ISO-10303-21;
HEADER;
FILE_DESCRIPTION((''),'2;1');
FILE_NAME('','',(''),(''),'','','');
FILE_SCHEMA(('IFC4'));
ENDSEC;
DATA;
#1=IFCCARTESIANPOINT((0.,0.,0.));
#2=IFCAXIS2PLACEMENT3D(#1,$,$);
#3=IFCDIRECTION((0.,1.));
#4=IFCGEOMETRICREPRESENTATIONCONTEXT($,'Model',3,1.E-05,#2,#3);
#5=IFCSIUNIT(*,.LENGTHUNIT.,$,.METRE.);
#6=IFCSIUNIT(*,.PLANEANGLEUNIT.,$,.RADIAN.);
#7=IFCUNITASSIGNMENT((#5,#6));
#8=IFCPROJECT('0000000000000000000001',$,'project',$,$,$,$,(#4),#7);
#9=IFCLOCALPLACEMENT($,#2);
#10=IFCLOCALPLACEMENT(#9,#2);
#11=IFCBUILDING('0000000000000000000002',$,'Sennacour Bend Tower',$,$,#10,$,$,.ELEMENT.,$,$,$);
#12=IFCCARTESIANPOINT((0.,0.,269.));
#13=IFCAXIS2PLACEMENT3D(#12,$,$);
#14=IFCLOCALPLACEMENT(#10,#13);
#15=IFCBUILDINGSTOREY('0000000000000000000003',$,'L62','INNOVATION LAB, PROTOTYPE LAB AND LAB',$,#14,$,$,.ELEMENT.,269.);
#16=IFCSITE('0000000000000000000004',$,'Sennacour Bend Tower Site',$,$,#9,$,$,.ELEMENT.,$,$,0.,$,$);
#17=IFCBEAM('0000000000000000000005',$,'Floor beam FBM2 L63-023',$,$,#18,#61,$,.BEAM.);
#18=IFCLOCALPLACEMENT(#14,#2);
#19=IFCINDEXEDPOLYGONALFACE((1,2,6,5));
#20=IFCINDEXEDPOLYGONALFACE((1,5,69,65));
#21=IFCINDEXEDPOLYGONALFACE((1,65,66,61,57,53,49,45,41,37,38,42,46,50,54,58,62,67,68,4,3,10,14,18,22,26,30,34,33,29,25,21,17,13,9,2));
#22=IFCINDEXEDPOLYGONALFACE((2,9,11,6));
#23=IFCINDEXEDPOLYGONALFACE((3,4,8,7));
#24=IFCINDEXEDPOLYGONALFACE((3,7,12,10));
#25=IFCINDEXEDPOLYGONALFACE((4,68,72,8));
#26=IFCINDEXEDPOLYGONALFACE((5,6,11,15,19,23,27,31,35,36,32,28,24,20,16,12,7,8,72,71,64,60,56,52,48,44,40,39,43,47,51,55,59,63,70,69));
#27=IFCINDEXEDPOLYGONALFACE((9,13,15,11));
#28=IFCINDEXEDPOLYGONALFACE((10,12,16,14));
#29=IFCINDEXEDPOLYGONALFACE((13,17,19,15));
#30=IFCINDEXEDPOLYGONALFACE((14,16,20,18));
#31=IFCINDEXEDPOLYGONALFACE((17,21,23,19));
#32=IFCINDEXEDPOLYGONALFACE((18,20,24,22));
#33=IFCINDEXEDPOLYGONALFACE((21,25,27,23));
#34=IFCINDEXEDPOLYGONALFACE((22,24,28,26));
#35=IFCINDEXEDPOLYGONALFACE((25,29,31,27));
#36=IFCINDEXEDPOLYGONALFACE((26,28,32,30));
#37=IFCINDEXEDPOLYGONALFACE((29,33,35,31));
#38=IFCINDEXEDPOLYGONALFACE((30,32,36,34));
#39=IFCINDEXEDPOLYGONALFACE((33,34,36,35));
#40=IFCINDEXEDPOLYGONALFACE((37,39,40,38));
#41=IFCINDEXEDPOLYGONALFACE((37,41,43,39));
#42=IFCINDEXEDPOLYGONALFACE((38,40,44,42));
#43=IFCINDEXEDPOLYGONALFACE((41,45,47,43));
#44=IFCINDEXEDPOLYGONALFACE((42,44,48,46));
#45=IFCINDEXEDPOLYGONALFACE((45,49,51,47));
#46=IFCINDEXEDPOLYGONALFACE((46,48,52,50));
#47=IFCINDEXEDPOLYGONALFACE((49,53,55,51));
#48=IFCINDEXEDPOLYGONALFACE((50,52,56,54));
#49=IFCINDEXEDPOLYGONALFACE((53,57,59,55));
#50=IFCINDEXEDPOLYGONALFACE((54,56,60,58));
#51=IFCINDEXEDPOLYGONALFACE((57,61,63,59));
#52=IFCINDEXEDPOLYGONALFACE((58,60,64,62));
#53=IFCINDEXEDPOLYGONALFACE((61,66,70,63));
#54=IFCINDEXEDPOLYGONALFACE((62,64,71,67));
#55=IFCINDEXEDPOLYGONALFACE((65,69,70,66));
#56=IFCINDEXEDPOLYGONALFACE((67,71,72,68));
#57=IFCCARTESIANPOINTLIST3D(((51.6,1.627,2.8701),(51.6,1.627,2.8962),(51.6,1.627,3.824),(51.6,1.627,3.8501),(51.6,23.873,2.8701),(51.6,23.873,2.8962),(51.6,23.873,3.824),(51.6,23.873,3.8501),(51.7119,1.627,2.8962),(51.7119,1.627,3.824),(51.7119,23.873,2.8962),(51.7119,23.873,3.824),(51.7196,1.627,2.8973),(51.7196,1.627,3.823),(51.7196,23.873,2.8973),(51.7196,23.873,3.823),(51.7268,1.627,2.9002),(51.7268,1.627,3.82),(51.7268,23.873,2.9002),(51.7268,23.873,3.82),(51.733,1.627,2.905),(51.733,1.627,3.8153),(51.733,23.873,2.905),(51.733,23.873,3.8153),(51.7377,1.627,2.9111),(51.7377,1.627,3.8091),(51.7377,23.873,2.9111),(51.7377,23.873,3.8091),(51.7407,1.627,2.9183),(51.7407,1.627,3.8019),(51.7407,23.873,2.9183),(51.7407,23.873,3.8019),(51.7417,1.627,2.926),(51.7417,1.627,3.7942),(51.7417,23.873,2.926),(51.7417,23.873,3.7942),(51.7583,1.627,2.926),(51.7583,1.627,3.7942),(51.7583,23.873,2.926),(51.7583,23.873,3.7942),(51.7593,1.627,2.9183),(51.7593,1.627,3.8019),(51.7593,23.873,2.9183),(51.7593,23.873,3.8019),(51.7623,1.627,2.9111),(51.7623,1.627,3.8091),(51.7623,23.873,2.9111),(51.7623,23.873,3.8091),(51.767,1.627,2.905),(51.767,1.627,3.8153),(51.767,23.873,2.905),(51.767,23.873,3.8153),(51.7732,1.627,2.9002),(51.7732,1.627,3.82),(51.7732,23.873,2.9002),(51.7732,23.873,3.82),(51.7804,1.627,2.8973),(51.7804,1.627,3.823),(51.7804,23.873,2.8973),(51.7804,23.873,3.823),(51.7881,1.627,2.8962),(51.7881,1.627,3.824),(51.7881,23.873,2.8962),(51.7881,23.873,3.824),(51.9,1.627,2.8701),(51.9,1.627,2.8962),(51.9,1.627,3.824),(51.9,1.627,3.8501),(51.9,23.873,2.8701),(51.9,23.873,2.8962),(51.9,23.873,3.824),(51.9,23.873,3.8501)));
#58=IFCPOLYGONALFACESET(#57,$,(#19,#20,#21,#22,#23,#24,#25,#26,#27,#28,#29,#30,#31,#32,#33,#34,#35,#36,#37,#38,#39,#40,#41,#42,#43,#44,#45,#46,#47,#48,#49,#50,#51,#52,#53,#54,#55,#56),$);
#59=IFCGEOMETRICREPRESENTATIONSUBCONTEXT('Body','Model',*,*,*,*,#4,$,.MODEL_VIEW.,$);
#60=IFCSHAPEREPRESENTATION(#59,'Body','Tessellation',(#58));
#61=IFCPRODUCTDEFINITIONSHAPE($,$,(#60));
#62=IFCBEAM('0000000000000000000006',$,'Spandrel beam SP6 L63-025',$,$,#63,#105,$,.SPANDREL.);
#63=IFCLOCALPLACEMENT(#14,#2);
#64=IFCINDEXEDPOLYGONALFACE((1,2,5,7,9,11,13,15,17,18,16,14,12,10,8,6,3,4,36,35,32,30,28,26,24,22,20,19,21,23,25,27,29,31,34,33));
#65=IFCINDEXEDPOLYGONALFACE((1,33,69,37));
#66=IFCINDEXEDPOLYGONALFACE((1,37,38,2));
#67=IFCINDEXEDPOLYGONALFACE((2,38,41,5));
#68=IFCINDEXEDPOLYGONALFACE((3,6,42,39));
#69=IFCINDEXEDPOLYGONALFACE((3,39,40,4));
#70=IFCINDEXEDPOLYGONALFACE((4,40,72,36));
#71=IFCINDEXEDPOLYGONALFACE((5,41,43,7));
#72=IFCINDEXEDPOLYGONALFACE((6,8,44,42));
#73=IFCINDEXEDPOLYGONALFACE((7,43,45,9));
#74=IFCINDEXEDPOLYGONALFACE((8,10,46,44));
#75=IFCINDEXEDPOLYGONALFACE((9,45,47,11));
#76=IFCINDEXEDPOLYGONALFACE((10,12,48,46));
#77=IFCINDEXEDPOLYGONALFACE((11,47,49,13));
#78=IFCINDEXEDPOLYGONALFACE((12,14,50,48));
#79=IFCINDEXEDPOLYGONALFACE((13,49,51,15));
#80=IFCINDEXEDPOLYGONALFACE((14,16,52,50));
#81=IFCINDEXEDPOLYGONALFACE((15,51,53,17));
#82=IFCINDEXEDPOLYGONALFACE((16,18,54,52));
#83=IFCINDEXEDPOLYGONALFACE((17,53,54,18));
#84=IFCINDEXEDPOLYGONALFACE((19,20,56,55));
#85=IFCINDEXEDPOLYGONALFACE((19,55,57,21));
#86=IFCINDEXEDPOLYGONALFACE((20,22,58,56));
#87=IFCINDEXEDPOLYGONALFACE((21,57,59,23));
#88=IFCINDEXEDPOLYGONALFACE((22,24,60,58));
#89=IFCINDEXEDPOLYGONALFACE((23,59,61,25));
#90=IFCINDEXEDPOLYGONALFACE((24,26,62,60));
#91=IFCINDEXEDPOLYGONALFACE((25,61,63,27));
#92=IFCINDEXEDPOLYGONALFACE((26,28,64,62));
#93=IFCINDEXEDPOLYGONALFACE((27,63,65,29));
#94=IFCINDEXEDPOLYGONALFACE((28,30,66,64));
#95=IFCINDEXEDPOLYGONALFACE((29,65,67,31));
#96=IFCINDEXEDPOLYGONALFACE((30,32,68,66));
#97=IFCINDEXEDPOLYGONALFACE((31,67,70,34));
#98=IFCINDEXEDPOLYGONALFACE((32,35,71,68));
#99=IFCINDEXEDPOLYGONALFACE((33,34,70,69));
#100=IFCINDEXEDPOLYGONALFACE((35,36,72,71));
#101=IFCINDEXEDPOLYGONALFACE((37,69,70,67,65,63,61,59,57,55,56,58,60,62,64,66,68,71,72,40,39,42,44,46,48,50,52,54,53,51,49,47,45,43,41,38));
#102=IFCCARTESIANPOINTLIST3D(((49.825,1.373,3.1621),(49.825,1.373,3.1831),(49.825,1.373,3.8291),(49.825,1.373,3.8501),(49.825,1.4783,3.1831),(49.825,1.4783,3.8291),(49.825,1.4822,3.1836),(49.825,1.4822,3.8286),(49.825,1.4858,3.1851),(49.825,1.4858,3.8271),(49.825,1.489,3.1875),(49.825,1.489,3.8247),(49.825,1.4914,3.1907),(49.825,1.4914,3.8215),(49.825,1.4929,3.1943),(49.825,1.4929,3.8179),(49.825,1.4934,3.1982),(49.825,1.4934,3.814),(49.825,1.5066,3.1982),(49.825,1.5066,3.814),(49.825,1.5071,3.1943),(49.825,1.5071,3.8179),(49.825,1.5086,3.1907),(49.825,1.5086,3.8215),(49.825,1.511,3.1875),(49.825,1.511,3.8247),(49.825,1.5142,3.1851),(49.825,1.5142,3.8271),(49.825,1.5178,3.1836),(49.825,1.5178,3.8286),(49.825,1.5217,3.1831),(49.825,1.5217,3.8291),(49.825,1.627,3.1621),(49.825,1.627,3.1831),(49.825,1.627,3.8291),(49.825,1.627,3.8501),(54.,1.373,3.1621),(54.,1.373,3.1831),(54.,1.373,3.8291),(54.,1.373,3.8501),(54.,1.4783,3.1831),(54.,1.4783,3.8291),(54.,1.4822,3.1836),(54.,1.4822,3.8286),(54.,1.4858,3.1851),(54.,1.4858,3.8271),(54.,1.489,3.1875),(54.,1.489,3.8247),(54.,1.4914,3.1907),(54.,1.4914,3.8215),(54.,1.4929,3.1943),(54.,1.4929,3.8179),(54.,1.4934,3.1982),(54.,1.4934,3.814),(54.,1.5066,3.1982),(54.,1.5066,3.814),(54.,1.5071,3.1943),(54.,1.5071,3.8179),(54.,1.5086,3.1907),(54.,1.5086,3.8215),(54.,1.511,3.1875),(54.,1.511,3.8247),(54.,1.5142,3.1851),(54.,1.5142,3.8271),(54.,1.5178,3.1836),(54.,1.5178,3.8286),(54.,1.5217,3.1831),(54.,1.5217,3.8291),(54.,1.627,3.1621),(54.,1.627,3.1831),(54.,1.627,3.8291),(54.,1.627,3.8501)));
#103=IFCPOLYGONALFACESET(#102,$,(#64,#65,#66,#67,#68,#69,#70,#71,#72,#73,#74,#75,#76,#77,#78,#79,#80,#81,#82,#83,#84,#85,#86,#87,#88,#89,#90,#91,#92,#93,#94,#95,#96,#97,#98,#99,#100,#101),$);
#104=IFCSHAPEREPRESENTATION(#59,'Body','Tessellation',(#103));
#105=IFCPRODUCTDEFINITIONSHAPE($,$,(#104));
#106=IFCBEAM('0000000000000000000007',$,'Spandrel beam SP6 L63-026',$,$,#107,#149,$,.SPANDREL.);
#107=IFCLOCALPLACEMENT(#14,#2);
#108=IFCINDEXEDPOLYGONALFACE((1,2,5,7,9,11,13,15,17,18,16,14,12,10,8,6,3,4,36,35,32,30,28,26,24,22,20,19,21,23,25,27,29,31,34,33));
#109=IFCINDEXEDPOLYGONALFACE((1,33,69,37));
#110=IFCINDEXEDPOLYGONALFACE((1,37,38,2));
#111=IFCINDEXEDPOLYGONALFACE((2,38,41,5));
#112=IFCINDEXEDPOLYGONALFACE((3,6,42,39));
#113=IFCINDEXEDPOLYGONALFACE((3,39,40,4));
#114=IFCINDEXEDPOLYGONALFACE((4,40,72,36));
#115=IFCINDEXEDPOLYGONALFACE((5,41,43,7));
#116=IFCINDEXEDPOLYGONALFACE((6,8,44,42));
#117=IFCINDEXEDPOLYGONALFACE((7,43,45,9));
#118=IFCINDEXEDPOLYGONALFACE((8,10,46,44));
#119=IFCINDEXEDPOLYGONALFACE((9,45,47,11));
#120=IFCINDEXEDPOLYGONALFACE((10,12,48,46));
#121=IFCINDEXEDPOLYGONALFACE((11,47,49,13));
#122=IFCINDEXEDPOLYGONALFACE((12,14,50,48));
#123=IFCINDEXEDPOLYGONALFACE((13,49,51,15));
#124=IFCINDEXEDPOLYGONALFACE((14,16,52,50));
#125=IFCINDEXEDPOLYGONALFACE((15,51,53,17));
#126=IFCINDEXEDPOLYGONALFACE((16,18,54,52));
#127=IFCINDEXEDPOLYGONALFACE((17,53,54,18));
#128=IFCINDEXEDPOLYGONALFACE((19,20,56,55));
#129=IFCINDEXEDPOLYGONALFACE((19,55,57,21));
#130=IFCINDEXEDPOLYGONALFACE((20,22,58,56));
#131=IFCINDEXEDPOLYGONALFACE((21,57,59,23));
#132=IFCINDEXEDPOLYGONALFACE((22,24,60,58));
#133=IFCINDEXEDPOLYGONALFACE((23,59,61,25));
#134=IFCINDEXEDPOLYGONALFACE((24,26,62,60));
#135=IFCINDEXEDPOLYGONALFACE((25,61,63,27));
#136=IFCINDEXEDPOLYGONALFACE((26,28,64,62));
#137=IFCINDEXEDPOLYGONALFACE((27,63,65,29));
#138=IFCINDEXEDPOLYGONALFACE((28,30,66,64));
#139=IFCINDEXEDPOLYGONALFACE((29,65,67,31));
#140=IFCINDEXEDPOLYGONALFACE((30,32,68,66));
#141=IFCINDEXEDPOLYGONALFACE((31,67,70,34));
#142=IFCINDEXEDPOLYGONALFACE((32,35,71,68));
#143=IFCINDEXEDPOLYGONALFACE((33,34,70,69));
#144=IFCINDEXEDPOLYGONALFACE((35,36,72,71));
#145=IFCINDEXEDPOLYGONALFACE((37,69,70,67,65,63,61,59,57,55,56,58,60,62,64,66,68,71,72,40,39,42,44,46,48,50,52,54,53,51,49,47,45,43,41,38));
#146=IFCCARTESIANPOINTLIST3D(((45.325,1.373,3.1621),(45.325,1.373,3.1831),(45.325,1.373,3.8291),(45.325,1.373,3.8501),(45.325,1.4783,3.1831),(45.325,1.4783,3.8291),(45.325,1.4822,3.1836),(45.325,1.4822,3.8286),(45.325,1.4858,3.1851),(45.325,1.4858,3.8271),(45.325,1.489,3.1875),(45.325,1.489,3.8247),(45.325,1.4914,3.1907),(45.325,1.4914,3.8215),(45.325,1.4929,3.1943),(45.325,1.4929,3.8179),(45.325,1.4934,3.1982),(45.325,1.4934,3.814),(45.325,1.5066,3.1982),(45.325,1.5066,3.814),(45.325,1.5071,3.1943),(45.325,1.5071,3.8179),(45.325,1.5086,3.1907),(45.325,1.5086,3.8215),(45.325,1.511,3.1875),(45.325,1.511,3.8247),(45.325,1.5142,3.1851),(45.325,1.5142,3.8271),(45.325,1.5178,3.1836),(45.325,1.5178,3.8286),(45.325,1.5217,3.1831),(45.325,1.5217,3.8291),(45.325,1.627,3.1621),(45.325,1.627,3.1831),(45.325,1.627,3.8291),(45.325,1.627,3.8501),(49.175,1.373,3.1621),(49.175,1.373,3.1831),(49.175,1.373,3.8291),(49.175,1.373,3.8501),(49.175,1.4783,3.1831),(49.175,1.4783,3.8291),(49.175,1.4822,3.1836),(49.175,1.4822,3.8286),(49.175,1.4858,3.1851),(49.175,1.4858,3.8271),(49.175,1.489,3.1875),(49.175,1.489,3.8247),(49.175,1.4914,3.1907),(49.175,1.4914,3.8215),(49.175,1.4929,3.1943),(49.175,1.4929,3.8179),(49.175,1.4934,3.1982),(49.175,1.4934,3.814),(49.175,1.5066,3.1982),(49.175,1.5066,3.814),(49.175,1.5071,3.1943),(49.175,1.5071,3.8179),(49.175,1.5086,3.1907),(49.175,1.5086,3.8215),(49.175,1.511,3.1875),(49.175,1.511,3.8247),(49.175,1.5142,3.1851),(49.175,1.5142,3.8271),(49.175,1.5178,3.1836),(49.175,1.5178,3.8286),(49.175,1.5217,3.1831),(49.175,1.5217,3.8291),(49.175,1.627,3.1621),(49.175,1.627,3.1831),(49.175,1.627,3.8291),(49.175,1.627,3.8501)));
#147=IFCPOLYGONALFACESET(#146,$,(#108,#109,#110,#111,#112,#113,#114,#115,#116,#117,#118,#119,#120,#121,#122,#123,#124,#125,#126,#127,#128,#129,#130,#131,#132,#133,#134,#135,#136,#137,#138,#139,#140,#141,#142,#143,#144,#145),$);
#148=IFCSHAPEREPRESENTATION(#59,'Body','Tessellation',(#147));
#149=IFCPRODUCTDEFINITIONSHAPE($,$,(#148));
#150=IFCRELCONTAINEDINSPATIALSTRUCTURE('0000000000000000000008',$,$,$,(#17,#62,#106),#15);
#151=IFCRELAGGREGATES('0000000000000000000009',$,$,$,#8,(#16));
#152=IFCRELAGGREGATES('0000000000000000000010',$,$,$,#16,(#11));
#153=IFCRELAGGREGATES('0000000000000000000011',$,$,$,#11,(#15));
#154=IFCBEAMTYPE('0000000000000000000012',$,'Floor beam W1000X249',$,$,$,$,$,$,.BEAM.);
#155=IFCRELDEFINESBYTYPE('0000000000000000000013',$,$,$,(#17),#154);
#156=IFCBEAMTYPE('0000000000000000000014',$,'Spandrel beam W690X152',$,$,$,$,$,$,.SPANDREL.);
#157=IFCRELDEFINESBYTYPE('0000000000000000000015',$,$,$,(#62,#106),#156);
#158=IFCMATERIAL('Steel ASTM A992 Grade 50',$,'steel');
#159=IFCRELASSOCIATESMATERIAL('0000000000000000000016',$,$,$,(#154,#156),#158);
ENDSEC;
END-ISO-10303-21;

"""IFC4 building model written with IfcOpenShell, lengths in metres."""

from ifc_helpers import new_model, si_unit, direction, frame, origin, origin_2d, place, context, subcontext, project, spatial, i_section, extrude, material, material_profile, profile_set, type_object, element, save


model = new_model("IFC4")

# Units and contexts
model_context = context("Model", 3, precision=1e-05, world=origin(), true_north=direction((0.0, 1.0)))
body_context = subcontext(model_context, "Body", "Model", "MODEL_VIEW")
ifc_project = project(units=[si_unit("LENGTHUNIT", "METRE"), si_unit("PLANEANGLEUNIT", "RADIAN")], contexts=[model_context])

# Site, building, storey
site_placement = place(None, origin())
site = spatial("IfcSite", under=ifc_project, at=site_placement, Name="Sennacour Bend Tower Site", CompositionType="ELEMENT", RefElevation=0.0)
building_placement = place(site_placement, origin())
building = spatial("IfcBuilding", under=site, at=building_placement, Name="Sennacour Bend Tower", CompositionType="ELEMENT")
storey_placement = place(building_placement, frame((0.0, 0.0, 269.0)))
storey = spatial("IfcBuildingStorey", under=building, at=storey_placement, Name="L62", Description="INNOVATION LAB, PROTOTYPE LAB AND LAB", CompositionType="ELEMENT", Elevation=269.0)

# Beams
ifc_material_1 = material(Name="Steel ASTM A992 Grade 50", Category="steel")
ifc_material_profile_1 = material_profile(ifc_material_1, i_section(OverallWidth=0.3, OverallDepth=0.98, WebThickness=0.0166, FlangeThickness=0.0261, FilletRadius=0.0298, at=origin_2d()), Name="Steel ASTM A992 Grade 50", Category="steel")
ifc_profile_set_1 = profile_set([ifc_material_profile_1], Name="Steel ASTM A992 Grade 50")
beam_type_1 = type_object("IfcBeamType", Name="Floor beam W1000X249", PredefinedType="BEAM", material=ifc_profile_set_1)
beam_1_placement = place(storey_placement, frame((51.75, 1.627, 3.3601), z_axis=(0.0, 1.0, 0.0), x_axis=(-1.0, 0.0, 0.0)))
element("IfcBeam", 1, at=beam_1_placement, inside=storey, type_object=beam_type_1, Name="Floor beam FBM2 L63-023", PredefinedType="BEAM", context=body_context, shape_type="SweptSolid", body=[
    extrude(i_section(OverallWidth=0.3, OverallDepth=0.98, WebThickness=0.0166, FlangeThickness=0.0261, FilletRadius=0.0298, at=origin_2d()), origin(), (0.0, 0.0, 1.0), 22.2461),
])
ifc_material_profile_2 = material_profile(ifc_material_1, i_section(OverallWidth=0.2539, OverallDepth=0.688, WebThickness=0.0132, FlangeThickness=0.021, FilletRadius=0.0151, at=origin_2d()), Name="Steel ASTM A992 Grade 50", Category="steel")
ifc_profile_set_2 = profile_set([ifc_material_profile_2], Name="Steel ASTM A992 Grade 50")
beam_type_2 = type_object("IfcBeamType", Name="Spandrel beam W690X152", PredefinedType="SPANDREL", material=ifc_profile_set_2)
beam_2_placement = place(storey_placement, frame((54.0, 1.5, 3.5061), z_axis=(-1.0, 0.0, 0.0), x_axis=(0.0, -1.0, 0.0)))
element("IfcBeam", 2, at=beam_2_placement, inside=storey, type_object=beam_type_2, Name="Spandrel beam SP6 L63-025", PredefinedType="SPANDREL", context=body_context, shape_type="SweptSolid", body=[
    extrude(i_section(OverallWidth=0.2539, OverallDepth=0.688, WebThickness=0.0132, FlangeThickness=0.021, FilletRadius=0.0151, at=origin_2d()), origin(), (0.0, 0.0, 1.0), 4.175),
])
beam_3_placement = place(storey_placement, frame((49.175, 1.5, 3.5061), z_axis=(-1.0, 0.0, 0.0), x_axis=(0.0, -1.0, 0.0)))
element("IfcBeam", 3, at=beam_3_placement, inside=storey, type_object=beam_type_2, Name="Spandrel beam SP6 L63-026", PredefinedType="SPANDREL", context=body_context, shape_type="SweptSolid", body=[
    extrude(i_section(OverallWidth=0.2539, OverallDepth=0.688, WebThickness=0.0132, FlangeThickness=0.021, FilletRadius=0.0151, at=origin_2d()), origin(), (0.0, 0.0, 1.0), 3.8501),
])

save(model, "model.ifc")
